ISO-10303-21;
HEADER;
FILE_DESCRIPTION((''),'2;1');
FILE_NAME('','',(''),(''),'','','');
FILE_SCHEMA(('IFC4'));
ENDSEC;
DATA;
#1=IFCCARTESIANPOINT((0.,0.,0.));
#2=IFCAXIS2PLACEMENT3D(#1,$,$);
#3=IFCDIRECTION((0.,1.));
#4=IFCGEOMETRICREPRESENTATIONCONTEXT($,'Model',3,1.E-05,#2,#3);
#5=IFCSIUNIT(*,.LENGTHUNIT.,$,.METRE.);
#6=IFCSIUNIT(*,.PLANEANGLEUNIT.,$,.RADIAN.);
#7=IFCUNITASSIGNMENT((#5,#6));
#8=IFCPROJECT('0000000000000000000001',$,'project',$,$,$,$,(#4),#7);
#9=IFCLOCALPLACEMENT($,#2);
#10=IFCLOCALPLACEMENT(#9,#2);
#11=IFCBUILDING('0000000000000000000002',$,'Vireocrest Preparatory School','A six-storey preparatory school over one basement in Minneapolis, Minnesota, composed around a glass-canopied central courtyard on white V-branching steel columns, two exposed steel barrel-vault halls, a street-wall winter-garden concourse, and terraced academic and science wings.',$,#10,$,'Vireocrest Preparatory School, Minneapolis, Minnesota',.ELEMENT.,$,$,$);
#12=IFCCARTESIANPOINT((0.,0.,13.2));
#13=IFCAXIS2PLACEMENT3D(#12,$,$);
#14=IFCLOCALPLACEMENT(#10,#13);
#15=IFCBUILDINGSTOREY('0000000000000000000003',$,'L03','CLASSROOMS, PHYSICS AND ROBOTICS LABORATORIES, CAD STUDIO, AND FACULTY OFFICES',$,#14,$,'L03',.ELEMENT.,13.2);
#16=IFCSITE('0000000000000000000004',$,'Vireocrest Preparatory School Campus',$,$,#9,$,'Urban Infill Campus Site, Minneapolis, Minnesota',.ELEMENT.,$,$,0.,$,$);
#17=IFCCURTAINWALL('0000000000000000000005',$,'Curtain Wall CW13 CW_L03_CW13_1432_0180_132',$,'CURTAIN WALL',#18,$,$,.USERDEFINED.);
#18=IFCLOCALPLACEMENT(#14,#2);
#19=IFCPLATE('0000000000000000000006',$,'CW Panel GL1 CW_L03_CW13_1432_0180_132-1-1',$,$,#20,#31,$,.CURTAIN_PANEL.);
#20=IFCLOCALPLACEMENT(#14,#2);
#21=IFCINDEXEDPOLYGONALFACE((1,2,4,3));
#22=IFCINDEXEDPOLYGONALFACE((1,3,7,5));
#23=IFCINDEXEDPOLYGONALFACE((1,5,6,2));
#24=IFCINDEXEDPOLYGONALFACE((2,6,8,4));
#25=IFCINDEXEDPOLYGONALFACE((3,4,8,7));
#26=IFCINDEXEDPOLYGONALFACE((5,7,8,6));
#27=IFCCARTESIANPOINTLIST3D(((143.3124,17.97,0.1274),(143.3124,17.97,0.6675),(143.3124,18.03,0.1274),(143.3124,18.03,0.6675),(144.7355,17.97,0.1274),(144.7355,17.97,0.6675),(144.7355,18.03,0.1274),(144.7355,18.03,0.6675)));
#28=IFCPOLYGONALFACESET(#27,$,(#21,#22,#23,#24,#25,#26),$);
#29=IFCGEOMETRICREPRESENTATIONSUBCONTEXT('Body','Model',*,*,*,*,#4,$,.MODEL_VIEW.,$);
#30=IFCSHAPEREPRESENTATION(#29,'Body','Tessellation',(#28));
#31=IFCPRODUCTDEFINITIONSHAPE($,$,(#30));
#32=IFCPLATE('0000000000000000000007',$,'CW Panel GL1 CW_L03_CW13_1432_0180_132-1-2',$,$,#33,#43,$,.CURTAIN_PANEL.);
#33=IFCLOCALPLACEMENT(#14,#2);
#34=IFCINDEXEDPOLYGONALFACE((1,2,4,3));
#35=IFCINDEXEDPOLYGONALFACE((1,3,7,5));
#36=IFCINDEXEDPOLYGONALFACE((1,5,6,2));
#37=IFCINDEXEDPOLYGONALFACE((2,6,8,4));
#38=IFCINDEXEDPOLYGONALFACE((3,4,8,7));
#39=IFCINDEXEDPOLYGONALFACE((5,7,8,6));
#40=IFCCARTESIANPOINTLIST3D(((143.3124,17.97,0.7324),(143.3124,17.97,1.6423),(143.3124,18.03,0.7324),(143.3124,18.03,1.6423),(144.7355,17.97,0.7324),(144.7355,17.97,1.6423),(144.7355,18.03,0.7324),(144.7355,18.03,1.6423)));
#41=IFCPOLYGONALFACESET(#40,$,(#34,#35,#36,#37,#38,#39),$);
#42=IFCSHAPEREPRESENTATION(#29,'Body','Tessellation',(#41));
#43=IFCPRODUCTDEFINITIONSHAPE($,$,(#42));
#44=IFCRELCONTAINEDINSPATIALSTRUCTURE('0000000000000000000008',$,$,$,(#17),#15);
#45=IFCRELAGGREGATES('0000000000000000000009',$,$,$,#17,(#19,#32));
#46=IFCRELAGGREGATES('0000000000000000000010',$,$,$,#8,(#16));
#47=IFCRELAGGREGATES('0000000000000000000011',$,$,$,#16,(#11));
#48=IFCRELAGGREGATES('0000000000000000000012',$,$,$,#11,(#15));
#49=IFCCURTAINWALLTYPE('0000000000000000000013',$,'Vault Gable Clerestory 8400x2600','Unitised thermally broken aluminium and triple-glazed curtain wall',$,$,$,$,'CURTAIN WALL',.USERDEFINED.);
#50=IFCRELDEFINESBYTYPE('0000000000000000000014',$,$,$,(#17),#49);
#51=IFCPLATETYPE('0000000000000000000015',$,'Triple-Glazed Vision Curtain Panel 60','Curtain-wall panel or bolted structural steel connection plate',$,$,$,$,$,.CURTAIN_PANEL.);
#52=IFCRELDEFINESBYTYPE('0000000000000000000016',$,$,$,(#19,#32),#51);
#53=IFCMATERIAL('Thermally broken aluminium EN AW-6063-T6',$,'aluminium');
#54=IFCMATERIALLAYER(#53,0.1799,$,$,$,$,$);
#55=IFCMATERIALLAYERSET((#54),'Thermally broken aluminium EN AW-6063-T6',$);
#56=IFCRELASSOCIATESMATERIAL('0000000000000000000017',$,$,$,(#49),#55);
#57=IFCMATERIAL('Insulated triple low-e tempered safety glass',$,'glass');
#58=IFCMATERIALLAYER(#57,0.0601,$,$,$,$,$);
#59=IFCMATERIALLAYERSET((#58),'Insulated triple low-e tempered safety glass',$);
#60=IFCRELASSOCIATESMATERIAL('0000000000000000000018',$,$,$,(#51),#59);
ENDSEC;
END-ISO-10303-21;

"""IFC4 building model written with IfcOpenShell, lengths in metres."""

from ifc_helpers import new_model, si_unit, direction, frame, origin, origin_2d, place, context, subcontext, project, spatial, rectangle, extrude, material, layer, layer_set, type_object, element, aggregate, save


model = new_model("IFC4")

# Units and contexts
model_context = context("Model", 3, precision=1e-05, world=origin(), true_north=direction((0.0, 1.0)))
body_context = subcontext(model_context, "Body", "Model", "MODEL_VIEW")
ifc_project = project(units=[si_unit("LENGTHUNIT", "METRE"), si_unit("PLANEANGLEUNIT", "RADIAN")], contexts=[model_context])

# Site, building, storey
site_placement = place(None, origin())
site = spatial("IfcSite", under=ifc_project, at=site_placement, Name="Vireocrest Preparatory School Campus", LongName="Urban Infill Campus Site, Minneapolis, Minnesota", CompositionType="ELEMENT", RefElevation=0.0)
building_placement = place(site_placement, origin())
building = spatial("IfcBuilding", under=site, at=building_placement, Name="Vireocrest Preparatory School", Description="A six-storey preparatory school over one basement in Minneapolis, Minnesota, composed around a glass-canopied central courtyard on white V-branching steel columns, two exposed steel barrel-vault halls, a street-wall winter-garden concourse, and terraced academic and science wings.", LongName="Vireocrest Preparatory School, Minneapolis, Minnesota", CompositionType="ELEMENT")
storey_placement = place(building_placement, frame((0.0, 0.0, 13.2)))
storey = spatial("IfcBuildingStorey", under=building, at=storey_placement, Name="L03", Description="CLASSROOMS, PHYSICS AND ROBOTICS LABORATORIES, CAD STUDIO, AND FACULTY OFFICES", LongName="L03", CompositionType="ELEMENT", Elevation=13.2)

# Curtain wall
ifc_material_1 = material(Name="Thermally broken aluminium EN AW-6063-T6", Category="aluminium")
ifc_layer_1 = layer(ifc_material_1, 0.1799)
ifc_layer_set_1 = layer_set([ifc_layer_1], Name="Thermally broken aluminium EN AW-6063-T6")
curtain_wall_type = type_object("IfcCurtainWallType", Name="Vault Gable Clerestory 8400x2600", Description="Unitised thermally broken aluminium and triple-glazed curtain wall", ElementType="CURTAIN WALL", PredefinedType="USERDEFINED", material=ifc_layer_set_1)
curtain_wall_placement = place(storey_placement, origin())
curtain_wall = element("IfcCurtainWall", 1, at=curtain_wall_placement, inside=storey, type_object=curtain_wall_type, Name="Curtain Wall CW13 CW_L03_CW13_1432_0180_132", ObjectType="CURTAIN WALL", PredefinedType="USERDEFINED")

# Plates
ifc_material_2 = material(Name="Insulated triple low-e tempered safety glass", Category="glass")
ifc_layer_2 = layer(ifc_material_2, 0.0601)
ifc_layer_set_2 = layer_set([ifc_layer_2], Name="Insulated triple low-e tempered safety glass")
plate_type_1 = type_object("IfcPlateType", Name="Triple-Glazed Vision Curtain Panel 60", Description="Curtain-wall panel or bolted structural steel connection plate", PredefinedType="CURTAIN_PANEL", material=ifc_layer_set_2)
plate_1_placement = place(storey_placement, frame((144.0239, 18.0, 0.1274), z_axis=(0.0, 0.0, 1.0), x_axis=(1.0, 0.0, 0.0)))
plate_1 = element("IfcPlate", 2, at=plate_1_placement, type_object=plate_type_1, Name="CW Panel GL1 CW_L03_CW13_1432_0180_132-1-1", PredefinedType="CURTAIN_PANEL", context=body_context, shape_type="SweptSolid", body=[
    extrude(rectangle(XDim=1.4231, YDim=0.0601, at=origin_2d()), origin(), (0.0, 0.0, 1.0), 0.54),
])
plate_2_placement = place(storey_placement, frame((144.0239, 18.0, 0.7324), z_axis=(0.0, 0.0, 1.0), x_axis=(1.0, 0.0, 0.0)))
plate_2 = element("IfcPlate", 3, at=plate_2_placement, type_object=plate_type_1, Name="CW Panel GL1 CW_L03_CW13_1432_0180_132-1-2", PredefinedType="CURTAIN_PANEL", context=body_context, shape_type="SweptSolid", body=[
    extrude(rectangle(XDim=1.4231, YDim=0.0601, at=origin_2d()), origin(), (0.0, 0.0, 1.0), 0.9099),
])
aggregate(curtain_wall, [plate_1, plate_2])

save(model, "model.ifc")
